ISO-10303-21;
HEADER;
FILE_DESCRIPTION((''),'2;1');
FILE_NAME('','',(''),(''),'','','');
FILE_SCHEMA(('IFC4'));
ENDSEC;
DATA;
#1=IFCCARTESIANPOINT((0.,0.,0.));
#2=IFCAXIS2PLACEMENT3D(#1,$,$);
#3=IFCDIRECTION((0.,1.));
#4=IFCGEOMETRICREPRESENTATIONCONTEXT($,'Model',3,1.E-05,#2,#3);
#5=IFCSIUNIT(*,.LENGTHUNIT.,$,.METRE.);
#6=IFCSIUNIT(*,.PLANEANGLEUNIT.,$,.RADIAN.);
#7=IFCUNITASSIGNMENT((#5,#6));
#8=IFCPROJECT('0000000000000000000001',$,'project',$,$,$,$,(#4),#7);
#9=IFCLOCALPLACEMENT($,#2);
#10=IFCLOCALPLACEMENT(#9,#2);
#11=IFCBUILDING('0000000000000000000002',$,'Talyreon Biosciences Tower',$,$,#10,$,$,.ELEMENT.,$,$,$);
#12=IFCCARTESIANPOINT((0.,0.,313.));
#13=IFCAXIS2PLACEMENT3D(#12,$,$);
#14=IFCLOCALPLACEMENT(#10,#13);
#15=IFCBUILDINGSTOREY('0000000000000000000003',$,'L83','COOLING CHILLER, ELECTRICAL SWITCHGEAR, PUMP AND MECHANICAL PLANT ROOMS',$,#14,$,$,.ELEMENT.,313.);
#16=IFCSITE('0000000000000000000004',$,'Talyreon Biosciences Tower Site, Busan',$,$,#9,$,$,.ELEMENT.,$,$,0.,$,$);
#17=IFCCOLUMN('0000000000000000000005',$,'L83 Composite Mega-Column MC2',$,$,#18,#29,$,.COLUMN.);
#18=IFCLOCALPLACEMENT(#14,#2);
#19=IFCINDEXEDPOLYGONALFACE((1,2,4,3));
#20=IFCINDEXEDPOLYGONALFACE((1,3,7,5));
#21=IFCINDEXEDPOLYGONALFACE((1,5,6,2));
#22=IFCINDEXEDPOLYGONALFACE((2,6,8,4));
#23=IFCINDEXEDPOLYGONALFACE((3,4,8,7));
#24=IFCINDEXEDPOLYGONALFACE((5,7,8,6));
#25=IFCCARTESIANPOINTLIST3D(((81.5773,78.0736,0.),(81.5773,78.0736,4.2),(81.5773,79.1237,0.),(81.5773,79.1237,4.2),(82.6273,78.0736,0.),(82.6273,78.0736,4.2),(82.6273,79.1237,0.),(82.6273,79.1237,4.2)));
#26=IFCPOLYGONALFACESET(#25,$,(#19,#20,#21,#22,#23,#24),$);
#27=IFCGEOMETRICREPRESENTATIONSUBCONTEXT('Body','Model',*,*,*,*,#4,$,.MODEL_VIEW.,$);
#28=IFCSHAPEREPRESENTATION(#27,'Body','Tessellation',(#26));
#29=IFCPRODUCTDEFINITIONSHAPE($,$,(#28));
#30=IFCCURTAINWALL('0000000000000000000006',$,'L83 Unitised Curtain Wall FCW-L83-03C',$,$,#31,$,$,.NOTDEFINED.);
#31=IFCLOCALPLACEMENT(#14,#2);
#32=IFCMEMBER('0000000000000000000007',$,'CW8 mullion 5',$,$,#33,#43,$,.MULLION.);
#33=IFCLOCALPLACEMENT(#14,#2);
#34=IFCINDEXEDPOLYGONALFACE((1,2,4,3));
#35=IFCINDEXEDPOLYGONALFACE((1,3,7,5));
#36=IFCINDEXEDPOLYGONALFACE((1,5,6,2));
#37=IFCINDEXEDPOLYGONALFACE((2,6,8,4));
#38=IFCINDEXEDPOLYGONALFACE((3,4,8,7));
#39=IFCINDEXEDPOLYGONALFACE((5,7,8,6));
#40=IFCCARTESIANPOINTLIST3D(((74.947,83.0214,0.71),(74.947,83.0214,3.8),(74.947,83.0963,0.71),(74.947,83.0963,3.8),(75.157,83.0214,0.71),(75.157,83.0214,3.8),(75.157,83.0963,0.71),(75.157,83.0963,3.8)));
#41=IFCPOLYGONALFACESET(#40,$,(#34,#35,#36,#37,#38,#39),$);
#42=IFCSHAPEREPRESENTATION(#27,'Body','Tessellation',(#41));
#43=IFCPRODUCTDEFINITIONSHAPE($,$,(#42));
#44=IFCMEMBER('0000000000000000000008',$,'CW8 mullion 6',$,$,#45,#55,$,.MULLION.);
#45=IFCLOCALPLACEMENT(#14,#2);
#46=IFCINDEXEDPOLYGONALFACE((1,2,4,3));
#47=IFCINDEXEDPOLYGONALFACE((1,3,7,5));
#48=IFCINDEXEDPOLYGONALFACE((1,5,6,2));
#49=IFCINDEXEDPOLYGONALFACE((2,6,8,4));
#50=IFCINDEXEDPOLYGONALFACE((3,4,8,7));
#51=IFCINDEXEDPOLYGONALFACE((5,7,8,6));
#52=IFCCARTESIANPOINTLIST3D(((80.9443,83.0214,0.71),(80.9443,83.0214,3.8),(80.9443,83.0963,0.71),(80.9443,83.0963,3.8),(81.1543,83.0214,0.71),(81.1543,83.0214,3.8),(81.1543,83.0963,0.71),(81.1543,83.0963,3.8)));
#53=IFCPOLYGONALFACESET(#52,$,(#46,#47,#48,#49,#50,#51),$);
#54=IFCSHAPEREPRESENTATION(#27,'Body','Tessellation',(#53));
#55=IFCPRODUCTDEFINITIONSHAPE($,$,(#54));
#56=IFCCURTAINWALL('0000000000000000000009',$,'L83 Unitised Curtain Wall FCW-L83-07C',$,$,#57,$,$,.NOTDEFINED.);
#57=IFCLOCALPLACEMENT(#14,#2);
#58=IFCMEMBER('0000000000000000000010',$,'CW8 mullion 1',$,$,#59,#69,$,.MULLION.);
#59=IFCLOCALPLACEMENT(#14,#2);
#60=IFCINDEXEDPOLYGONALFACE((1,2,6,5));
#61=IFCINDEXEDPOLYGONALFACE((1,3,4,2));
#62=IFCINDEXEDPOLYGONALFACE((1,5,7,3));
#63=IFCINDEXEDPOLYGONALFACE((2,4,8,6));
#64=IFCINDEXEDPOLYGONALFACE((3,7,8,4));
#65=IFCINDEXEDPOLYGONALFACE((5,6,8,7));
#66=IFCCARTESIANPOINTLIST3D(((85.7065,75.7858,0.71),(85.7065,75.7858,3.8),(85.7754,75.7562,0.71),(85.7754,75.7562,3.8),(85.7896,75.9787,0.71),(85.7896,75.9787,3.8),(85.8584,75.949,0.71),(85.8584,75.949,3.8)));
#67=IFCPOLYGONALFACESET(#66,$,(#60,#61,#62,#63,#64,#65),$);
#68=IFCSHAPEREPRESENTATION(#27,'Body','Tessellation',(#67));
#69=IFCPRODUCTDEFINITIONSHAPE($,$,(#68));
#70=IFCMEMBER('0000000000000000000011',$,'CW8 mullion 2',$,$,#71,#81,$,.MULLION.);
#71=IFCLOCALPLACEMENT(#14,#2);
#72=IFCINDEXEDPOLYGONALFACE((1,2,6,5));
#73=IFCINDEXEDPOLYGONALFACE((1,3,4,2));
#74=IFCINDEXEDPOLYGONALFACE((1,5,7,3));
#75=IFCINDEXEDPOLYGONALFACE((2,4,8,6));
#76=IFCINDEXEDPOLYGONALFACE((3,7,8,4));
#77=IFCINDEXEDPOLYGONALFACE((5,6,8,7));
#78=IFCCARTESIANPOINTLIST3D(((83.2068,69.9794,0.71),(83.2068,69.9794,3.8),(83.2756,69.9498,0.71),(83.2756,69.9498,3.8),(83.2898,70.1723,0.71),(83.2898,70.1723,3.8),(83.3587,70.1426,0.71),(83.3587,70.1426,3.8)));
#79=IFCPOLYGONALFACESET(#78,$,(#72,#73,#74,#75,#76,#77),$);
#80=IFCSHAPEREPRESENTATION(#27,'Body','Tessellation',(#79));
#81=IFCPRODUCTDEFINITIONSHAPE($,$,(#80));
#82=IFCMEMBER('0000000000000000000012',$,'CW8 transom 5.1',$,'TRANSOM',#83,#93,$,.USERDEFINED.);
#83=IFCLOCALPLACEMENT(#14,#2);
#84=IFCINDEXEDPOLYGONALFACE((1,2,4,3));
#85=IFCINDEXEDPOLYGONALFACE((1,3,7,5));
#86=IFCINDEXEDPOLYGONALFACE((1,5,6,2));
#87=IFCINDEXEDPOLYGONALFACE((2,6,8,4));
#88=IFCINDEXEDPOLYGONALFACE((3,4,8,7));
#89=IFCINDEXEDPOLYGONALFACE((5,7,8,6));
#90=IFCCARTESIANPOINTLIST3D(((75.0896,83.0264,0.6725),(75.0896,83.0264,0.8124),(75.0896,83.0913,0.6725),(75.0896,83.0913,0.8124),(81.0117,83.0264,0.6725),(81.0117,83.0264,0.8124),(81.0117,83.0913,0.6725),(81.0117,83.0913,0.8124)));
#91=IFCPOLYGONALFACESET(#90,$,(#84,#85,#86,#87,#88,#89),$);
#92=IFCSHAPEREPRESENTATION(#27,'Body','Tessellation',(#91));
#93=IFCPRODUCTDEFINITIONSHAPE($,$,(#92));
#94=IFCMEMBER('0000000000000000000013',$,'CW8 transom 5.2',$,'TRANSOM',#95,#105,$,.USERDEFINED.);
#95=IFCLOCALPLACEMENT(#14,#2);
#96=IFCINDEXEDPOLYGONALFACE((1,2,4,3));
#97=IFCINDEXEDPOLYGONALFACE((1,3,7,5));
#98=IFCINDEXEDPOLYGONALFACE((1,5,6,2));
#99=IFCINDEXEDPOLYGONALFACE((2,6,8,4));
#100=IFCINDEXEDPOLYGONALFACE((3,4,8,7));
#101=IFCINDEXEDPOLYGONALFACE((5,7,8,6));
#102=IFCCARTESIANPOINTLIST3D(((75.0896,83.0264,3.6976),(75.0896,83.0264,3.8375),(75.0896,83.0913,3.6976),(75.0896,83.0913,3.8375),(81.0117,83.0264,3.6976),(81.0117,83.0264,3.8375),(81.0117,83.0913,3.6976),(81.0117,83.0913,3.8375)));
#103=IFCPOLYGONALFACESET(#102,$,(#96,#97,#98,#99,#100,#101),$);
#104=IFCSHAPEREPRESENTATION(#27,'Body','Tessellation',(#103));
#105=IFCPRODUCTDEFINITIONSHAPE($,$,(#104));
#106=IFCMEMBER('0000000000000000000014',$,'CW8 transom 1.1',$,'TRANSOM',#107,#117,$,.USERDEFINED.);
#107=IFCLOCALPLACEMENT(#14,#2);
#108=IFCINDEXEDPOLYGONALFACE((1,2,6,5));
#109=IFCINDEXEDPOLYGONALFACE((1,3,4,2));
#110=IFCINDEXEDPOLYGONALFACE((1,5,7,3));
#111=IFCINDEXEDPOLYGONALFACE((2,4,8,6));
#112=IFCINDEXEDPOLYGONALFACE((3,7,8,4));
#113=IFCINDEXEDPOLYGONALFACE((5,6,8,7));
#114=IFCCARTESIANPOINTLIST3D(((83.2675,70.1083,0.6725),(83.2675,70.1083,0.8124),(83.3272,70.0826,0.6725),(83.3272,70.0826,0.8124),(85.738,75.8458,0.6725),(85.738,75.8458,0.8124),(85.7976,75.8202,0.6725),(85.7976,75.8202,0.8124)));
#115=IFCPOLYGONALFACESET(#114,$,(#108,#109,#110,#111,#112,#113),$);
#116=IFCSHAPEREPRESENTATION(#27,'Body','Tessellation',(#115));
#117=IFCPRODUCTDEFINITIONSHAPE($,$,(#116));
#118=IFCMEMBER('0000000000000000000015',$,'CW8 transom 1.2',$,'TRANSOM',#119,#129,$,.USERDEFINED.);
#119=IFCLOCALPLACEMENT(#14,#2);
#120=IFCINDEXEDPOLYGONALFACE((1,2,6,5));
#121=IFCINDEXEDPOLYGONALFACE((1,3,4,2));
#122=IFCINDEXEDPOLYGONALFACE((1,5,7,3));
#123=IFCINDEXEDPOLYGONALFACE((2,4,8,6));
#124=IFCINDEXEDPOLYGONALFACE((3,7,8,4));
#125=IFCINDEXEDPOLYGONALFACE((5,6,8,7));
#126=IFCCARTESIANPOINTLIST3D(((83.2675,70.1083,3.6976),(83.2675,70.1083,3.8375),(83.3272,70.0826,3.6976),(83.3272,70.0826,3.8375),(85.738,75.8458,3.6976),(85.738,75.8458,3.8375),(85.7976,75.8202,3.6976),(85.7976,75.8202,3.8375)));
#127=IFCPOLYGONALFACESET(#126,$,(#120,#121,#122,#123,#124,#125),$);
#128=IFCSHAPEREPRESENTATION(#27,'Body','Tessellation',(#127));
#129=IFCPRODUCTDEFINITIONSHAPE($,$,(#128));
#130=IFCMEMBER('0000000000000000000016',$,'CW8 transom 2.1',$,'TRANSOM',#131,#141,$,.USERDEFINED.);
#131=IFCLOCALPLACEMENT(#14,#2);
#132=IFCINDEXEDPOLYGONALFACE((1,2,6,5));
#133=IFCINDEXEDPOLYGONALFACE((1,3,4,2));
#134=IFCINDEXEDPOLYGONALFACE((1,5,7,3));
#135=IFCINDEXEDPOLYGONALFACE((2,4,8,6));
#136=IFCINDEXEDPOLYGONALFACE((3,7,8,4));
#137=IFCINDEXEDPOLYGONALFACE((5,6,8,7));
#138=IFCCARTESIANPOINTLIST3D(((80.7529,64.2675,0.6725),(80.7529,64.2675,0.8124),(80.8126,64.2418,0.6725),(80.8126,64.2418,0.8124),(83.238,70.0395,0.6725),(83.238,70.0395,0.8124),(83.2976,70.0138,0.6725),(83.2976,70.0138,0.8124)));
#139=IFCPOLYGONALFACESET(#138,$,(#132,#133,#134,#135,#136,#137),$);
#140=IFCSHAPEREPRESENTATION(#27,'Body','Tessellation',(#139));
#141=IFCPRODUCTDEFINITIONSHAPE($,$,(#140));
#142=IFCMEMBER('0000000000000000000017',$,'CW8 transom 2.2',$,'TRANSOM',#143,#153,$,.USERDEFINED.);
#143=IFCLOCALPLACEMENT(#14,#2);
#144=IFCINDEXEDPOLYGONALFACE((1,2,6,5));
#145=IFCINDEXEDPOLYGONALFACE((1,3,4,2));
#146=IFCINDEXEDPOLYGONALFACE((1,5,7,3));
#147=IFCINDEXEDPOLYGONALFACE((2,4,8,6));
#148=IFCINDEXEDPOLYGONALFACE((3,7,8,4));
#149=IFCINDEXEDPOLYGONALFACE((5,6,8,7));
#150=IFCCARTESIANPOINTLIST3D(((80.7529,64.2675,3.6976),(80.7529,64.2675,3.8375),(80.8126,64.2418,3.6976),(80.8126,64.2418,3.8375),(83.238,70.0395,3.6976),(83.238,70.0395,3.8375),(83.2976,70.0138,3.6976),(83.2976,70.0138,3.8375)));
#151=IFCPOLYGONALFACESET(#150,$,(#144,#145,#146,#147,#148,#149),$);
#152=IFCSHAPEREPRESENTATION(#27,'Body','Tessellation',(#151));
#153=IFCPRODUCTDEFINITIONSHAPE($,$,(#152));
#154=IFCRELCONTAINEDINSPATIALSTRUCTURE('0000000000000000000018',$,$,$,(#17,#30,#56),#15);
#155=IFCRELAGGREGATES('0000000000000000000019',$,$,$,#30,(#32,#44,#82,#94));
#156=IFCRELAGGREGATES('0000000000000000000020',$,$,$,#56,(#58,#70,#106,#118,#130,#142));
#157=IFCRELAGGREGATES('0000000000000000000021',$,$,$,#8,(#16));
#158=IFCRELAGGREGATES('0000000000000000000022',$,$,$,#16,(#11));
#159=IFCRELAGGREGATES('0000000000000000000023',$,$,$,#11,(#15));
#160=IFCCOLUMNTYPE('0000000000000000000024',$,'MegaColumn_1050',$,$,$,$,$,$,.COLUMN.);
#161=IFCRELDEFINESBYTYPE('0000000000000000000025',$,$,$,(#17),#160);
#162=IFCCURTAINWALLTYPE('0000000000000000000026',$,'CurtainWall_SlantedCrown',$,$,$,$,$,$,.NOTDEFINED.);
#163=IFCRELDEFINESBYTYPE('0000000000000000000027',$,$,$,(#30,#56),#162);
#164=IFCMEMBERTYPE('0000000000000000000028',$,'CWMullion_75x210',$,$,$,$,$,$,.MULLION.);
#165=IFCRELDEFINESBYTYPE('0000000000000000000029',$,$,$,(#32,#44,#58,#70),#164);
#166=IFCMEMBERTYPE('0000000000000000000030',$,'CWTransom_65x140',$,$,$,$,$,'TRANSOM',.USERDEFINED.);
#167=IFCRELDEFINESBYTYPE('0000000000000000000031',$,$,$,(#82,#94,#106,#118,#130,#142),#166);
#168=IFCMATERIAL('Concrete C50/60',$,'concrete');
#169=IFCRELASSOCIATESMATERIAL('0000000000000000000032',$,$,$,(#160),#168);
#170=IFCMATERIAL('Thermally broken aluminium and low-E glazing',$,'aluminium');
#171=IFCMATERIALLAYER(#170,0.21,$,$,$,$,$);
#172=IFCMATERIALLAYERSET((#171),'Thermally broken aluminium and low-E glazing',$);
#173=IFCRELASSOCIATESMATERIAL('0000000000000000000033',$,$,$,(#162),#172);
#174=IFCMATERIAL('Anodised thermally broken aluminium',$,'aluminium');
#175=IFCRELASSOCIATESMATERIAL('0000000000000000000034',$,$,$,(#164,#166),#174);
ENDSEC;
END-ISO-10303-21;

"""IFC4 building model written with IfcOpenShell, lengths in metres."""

from ifc_helpers import new_model, si_unit, direction, frame, origin, origin_2d, place, context, subcontext, project, spatial, rectangle, extrude, material, layer, layer_set, material_profile, profile_set, type_object, element, aggregate, save


model = new_model("IFC4")

# Units and contexts
model_context = context("Model", 3, precision=1e-05, world=origin(), true_north=direction((0.0, 1.0)))
body_context = subcontext(model_context, "Body", "Model", "MODEL_VIEW")
ifc_project = project(units=[si_unit("LENGTHUNIT", "METRE"), si_unit("PLANEANGLEUNIT", "RADIAN")], contexts=[model_context])

# Site, building, storey
site_placement = place(None, origin())
site = spatial("IfcSite", under=ifc_project, at=site_placement, Name="Talyreon Biosciences Tower Site, Busan", CompositionType="ELEMENT", RefElevation=0.0)
building_placement = place(site_placement, origin())
building = spatial("IfcBuilding", under=site, at=building_placement, Name="Talyreon Biosciences Tower", CompositionType="ELEMENT")
storey_placement = place(building_placement, frame((0.0, 0.0, 313.0)))
storey = spatial("IfcBuildingStorey", under=building, at=storey_placement, Name="L83", Description="COOLING CHILLER, ELECTRICAL SWITCHGEAR, PUMP AND MECHANICAL PLANT ROOMS", CompositionType="ELEMENT", Elevation=313.0)

# Column
ifc_material_1 = material(Name="Concrete C50/60", Category="concrete")
ifc_material_profile_1 = material_profile(ifc_material_1, rectangle(XDim=1.05, YDim=1.05, at=origin_2d()), Name="RC 1050x1050")
ifc_profile_set_1 = profile_set([ifc_material_profile_1], Name="Concrete C50/60")
column_type = type_object("IfcColumnType", Name="MegaColumn_1050", PredefinedType="COLUMN", material=ifc_profile_set_1)
column_placement = place(storey_placement, frame((82.1023, 78.5986, 0.0), z_axis=(0.0, 0.0, 1.0), x_axis=(1.0, 0.0, 0.0)))
element("IfcColumn", 1, at=column_placement, inside=storey, type_object=column_type, Name="L83 Composite Mega-Column MC2", PredefinedType="COLUMN", context=body_context, shape_type="SweptSolid", body=[
    extrude(rectangle(XDim=1.05, YDim=1.05, at=origin_2d()), origin(), (0.0, 0.0, 1.0), 4.2),
])

# Curtain walls, members
ifc_material_2 = material(Name="Thermally broken aluminium and low-E glazing", Category="aluminium")
ifc_layer_1 = layer(ifc_material_2, 0.21)
ifc_layer_set_1 = layer_set([ifc_layer_1], Name="Thermally broken aluminium and low-E glazing")
curtain_wall_type = type_object("IfcCurtainWallType", Name="CurtainWall_SlantedCrown", PredefinedType="NOTDEFINED", material=ifc_layer_set_1)
curtain_wall_1_placement = place(storey_placement, origin())
curtain_wall_1 = element("IfcCurtainWall", 2, at=curtain_wall_1_placement, inside=storey, type_object=curtain_wall_type, Name="L83 Unitised Curtain Wall FCW-L83-03C", PredefinedType="NOTDEFINED")
ifc_material_3 = material(Name="Anodised thermally broken aluminium", Category="aluminium")
ifc_material_profile_2 = material_profile(ifc_material_3, rectangle(XDim=0.075, YDim=0.21, at=origin_2d()), Name="ALUM MULLION 75x210")
ifc_profile_set_2 = profile_set([ifc_material_profile_2], Name="Anodised thermally broken aluminium")
member_type_1 = type_object("IfcMemberType", Name="CWMullion_75x210", PredefinedType="MULLION", material=ifc_profile_set_2)
member_1_placement = place(storey_placement, frame((75.052, 83.0588, 0.71), z_axis=(0.0, 0.0, 1.0), x_axis=(0.0, 1.0, 0.0)))
member_1 = element("IfcMember", 3, at=member_1_placement, type_object=member_type_1, Name="CW8 mullion 5", PredefinedType="MULLION", context=body_context, shape_type="SweptSolid", body=[
    extrude(rectangle(XDim=0.075, YDim=0.21, at=origin_2d()), origin(), (0.0, 0.0, 1.0), 3.0901),
])
member_2_placement = place(storey_placement, frame((81.0493, 83.0588, 0.71), z_axis=(0.0, 0.0, 1.0), x_axis=(0.0, 1.0, 0.0)))
member_2 = element("IfcMember", 4, at=member_2_placement, type_object=member_type_1, Name="CW8 mullion 6", PredefinedType="MULLION", context=body_context, shape_type="SweptSolid", body=[
    extrude(rectangle(XDim=0.075, YDim=0.21, at=origin_2d()), origin(), (0.0, 0.0, 1.0), 3.0901),
])
curtain_wall_2_placement = place(storey_placement, origin())
curtain_wall_2 = element("IfcCurtainWall", 5, at=curtain_wall_2_placement, inside=storey, type_object=curtain_wall_type, Name="L83 Unitised Curtain Wall FCW-L83-07C", PredefinedType="NOTDEFINED")
member_3_placement = place(storey_placement, frame((85.7825, 75.8674, 0.71), z_axis=(0.0, 0.0, 1.0), x_axis=(0.918487, -0.395451, 0.0)))
member_3 = element("IfcMember", 6, at=member_3_placement, type_object=member_type_1, Name="CW8 mullion 1", PredefinedType="MULLION", context=body_context, shape_type="SweptSolid", body=[
    extrude(rectangle(XDim=0.075, YDim=0.21, at=origin_2d()), origin(), (0.0, 0.0, 1.0), 3.0901),
])
member_4_placement = place(storey_placement, frame((83.2827, 70.061, 0.71), z_axis=(0.0, 0.0, 1.0), x_axis=(0.918487, -0.395451, 0.0)))
member_4 = element("IfcMember", 7, at=member_4_placement, type_object=member_type_1, Name="CW8 mullion 2", PredefinedType="MULLION", context=body_context, shape_type="SweptSolid", body=[
    extrude(rectangle(XDim=0.075, YDim=0.21, at=origin_2d()), origin(), (0.0, 0.0, 1.0), 3.0901),
])

# Members
ifc_material_profile_3 = material_profile(ifc_material_3, rectangle(XDim=0.0649, YDim=0.1399, at=origin_2d()), Name="ALUM TRANSOM 65x140")
ifc_profile_set_3 = profile_set([ifc_material_profile_3], Name="Anodised thermally broken aluminium")
member_type_2 = type_object("IfcMemberType", Name="CWTransom_65x140", ElementType="TRANSOM", PredefinedType="USERDEFINED", material=ifc_profile_set_3)
member_5_placement = place(storey_placement, frame((75.0896, 83.0588, 0.7424), z_axis=(1.0, 0.0, 0.0), x_axis=(0.0, 1.0, 0.0)))
member_5 = element("IfcMember", 8, at=member_5_placement, type_object=member_type_2, Name="CW8 transom 5.1", ObjectType="TRANSOM", PredefinedType="USERDEFINED", context=body_context, shape_type="SweptSolid", body=[
    extrude(rectangle(XDim=0.0649, YDim=0.1399, at=origin_2d()), origin(), (0.0, 0.0, 1.0), 5.9221),
])
member_6_placement = place(storey_placement, frame((75.0896, 83.0588, 3.7676), z_axis=(1.0, 0.0, 0.0), x_axis=(0.0, 1.0, 0.0)))
member_6 = element("IfcMember", 9, at=member_6_placement, type_object=member_type_2, Name="CW8 transom 5.2", ObjectType="TRANSOM", PredefinedType="USERDEFINED", context=body_context, shape_type="SweptSolid", body=[
    extrude(rectangle(XDim=0.0649, YDim=0.1399, at=origin_2d()), origin(), (0.0, 0.0, 1.0), 5.9221),
])
member_7_placement = place(storey_placement, frame((85.7678, 75.833, 0.7424), z_axis=(-0.395475, -0.918477, 0.0), x_axis=(0.918477, -0.395475, 0.0)))
member_7 = element("IfcMember", 10, at=member_7_placement, type_object=member_type_2, Name="CW8 transom 1.1", ObjectType="TRANSOM", PredefinedType="USERDEFINED", context=body_context, shape_type="SweptSolid", body=[
    extrude(rectangle(XDim=0.0649, YDim=0.1399, at=origin_2d()), origin(), (0.0, 0.0, 1.0), 6.2468),
])
member_8_placement = place(storey_placement, frame((85.7678, 75.833, 3.7676), z_axis=(-0.395475, -0.918477, 0.0), x_axis=(0.918477, -0.395475, 0.0)))
member_8 = element("IfcMember", 11, at=member_8_placement, type_object=member_type_2, Name="CW8 transom 1.2", ObjectType="TRANSOM", PredefinedType="USERDEFINED", context=body_context, shape_type="SweptSolid", body=[
    extrude(rectangle(XDim=0.0649, YDim=0.1399, at=origin_2d()), origin(), (0.0, 0.0, 1.0), 6.2468),
])
member_9_placement = place(storey_placement, frame((83.2678, 70.0266, 0.7424), z_axis=(-0.395452, -0.918487, 0.0), x_axis=(0.918487, -0.395452, 0.0)))
member_9 = element("IfcMember", 12, at=member_9_placement, type_object=member_type_2, Name="CW8 transom 2.1", ObjectType="TRANSOM", PredefinedType="USERDEFINED", context=body_context, shape_type="SweptSolid", body=[
    extrude(rectangle(XDim=0.0649, YDim=0.1399, at=origin_2d()), origin(), (0.0, 0.0, 1.0), 6.2842),
])
member_10_placement = place(storey_placement, frame((83.2678, 70.0266, 3.7676), z_axis=(-0.395452, -0.918487, 0.0), x_axis=(0.918487, -0.395452, 0.0)))
member_10 = element("IfcMember", 13, at=member_10_placement, type_object=member_type_2, Name="CW8 transom 2.2", ObjectType="TRANSOM", PredefinedType="USERDEFINED", context=body_context, shape_type="SweptSolid", body=[
    extrude(rectangle(XDim=0.0649, YDim=0.1399, at=origin_2d()), origin(), (0.0, 0.0, 1.0), 6.2842),
])

aggregate(curtain_wall_1, [member_1, member_2, member_5, member_6])
aggregate(curtain_wall_2, [member_3, member_4, member_7, member_8, member_9, member_10])

save(model, "model.ifc")
